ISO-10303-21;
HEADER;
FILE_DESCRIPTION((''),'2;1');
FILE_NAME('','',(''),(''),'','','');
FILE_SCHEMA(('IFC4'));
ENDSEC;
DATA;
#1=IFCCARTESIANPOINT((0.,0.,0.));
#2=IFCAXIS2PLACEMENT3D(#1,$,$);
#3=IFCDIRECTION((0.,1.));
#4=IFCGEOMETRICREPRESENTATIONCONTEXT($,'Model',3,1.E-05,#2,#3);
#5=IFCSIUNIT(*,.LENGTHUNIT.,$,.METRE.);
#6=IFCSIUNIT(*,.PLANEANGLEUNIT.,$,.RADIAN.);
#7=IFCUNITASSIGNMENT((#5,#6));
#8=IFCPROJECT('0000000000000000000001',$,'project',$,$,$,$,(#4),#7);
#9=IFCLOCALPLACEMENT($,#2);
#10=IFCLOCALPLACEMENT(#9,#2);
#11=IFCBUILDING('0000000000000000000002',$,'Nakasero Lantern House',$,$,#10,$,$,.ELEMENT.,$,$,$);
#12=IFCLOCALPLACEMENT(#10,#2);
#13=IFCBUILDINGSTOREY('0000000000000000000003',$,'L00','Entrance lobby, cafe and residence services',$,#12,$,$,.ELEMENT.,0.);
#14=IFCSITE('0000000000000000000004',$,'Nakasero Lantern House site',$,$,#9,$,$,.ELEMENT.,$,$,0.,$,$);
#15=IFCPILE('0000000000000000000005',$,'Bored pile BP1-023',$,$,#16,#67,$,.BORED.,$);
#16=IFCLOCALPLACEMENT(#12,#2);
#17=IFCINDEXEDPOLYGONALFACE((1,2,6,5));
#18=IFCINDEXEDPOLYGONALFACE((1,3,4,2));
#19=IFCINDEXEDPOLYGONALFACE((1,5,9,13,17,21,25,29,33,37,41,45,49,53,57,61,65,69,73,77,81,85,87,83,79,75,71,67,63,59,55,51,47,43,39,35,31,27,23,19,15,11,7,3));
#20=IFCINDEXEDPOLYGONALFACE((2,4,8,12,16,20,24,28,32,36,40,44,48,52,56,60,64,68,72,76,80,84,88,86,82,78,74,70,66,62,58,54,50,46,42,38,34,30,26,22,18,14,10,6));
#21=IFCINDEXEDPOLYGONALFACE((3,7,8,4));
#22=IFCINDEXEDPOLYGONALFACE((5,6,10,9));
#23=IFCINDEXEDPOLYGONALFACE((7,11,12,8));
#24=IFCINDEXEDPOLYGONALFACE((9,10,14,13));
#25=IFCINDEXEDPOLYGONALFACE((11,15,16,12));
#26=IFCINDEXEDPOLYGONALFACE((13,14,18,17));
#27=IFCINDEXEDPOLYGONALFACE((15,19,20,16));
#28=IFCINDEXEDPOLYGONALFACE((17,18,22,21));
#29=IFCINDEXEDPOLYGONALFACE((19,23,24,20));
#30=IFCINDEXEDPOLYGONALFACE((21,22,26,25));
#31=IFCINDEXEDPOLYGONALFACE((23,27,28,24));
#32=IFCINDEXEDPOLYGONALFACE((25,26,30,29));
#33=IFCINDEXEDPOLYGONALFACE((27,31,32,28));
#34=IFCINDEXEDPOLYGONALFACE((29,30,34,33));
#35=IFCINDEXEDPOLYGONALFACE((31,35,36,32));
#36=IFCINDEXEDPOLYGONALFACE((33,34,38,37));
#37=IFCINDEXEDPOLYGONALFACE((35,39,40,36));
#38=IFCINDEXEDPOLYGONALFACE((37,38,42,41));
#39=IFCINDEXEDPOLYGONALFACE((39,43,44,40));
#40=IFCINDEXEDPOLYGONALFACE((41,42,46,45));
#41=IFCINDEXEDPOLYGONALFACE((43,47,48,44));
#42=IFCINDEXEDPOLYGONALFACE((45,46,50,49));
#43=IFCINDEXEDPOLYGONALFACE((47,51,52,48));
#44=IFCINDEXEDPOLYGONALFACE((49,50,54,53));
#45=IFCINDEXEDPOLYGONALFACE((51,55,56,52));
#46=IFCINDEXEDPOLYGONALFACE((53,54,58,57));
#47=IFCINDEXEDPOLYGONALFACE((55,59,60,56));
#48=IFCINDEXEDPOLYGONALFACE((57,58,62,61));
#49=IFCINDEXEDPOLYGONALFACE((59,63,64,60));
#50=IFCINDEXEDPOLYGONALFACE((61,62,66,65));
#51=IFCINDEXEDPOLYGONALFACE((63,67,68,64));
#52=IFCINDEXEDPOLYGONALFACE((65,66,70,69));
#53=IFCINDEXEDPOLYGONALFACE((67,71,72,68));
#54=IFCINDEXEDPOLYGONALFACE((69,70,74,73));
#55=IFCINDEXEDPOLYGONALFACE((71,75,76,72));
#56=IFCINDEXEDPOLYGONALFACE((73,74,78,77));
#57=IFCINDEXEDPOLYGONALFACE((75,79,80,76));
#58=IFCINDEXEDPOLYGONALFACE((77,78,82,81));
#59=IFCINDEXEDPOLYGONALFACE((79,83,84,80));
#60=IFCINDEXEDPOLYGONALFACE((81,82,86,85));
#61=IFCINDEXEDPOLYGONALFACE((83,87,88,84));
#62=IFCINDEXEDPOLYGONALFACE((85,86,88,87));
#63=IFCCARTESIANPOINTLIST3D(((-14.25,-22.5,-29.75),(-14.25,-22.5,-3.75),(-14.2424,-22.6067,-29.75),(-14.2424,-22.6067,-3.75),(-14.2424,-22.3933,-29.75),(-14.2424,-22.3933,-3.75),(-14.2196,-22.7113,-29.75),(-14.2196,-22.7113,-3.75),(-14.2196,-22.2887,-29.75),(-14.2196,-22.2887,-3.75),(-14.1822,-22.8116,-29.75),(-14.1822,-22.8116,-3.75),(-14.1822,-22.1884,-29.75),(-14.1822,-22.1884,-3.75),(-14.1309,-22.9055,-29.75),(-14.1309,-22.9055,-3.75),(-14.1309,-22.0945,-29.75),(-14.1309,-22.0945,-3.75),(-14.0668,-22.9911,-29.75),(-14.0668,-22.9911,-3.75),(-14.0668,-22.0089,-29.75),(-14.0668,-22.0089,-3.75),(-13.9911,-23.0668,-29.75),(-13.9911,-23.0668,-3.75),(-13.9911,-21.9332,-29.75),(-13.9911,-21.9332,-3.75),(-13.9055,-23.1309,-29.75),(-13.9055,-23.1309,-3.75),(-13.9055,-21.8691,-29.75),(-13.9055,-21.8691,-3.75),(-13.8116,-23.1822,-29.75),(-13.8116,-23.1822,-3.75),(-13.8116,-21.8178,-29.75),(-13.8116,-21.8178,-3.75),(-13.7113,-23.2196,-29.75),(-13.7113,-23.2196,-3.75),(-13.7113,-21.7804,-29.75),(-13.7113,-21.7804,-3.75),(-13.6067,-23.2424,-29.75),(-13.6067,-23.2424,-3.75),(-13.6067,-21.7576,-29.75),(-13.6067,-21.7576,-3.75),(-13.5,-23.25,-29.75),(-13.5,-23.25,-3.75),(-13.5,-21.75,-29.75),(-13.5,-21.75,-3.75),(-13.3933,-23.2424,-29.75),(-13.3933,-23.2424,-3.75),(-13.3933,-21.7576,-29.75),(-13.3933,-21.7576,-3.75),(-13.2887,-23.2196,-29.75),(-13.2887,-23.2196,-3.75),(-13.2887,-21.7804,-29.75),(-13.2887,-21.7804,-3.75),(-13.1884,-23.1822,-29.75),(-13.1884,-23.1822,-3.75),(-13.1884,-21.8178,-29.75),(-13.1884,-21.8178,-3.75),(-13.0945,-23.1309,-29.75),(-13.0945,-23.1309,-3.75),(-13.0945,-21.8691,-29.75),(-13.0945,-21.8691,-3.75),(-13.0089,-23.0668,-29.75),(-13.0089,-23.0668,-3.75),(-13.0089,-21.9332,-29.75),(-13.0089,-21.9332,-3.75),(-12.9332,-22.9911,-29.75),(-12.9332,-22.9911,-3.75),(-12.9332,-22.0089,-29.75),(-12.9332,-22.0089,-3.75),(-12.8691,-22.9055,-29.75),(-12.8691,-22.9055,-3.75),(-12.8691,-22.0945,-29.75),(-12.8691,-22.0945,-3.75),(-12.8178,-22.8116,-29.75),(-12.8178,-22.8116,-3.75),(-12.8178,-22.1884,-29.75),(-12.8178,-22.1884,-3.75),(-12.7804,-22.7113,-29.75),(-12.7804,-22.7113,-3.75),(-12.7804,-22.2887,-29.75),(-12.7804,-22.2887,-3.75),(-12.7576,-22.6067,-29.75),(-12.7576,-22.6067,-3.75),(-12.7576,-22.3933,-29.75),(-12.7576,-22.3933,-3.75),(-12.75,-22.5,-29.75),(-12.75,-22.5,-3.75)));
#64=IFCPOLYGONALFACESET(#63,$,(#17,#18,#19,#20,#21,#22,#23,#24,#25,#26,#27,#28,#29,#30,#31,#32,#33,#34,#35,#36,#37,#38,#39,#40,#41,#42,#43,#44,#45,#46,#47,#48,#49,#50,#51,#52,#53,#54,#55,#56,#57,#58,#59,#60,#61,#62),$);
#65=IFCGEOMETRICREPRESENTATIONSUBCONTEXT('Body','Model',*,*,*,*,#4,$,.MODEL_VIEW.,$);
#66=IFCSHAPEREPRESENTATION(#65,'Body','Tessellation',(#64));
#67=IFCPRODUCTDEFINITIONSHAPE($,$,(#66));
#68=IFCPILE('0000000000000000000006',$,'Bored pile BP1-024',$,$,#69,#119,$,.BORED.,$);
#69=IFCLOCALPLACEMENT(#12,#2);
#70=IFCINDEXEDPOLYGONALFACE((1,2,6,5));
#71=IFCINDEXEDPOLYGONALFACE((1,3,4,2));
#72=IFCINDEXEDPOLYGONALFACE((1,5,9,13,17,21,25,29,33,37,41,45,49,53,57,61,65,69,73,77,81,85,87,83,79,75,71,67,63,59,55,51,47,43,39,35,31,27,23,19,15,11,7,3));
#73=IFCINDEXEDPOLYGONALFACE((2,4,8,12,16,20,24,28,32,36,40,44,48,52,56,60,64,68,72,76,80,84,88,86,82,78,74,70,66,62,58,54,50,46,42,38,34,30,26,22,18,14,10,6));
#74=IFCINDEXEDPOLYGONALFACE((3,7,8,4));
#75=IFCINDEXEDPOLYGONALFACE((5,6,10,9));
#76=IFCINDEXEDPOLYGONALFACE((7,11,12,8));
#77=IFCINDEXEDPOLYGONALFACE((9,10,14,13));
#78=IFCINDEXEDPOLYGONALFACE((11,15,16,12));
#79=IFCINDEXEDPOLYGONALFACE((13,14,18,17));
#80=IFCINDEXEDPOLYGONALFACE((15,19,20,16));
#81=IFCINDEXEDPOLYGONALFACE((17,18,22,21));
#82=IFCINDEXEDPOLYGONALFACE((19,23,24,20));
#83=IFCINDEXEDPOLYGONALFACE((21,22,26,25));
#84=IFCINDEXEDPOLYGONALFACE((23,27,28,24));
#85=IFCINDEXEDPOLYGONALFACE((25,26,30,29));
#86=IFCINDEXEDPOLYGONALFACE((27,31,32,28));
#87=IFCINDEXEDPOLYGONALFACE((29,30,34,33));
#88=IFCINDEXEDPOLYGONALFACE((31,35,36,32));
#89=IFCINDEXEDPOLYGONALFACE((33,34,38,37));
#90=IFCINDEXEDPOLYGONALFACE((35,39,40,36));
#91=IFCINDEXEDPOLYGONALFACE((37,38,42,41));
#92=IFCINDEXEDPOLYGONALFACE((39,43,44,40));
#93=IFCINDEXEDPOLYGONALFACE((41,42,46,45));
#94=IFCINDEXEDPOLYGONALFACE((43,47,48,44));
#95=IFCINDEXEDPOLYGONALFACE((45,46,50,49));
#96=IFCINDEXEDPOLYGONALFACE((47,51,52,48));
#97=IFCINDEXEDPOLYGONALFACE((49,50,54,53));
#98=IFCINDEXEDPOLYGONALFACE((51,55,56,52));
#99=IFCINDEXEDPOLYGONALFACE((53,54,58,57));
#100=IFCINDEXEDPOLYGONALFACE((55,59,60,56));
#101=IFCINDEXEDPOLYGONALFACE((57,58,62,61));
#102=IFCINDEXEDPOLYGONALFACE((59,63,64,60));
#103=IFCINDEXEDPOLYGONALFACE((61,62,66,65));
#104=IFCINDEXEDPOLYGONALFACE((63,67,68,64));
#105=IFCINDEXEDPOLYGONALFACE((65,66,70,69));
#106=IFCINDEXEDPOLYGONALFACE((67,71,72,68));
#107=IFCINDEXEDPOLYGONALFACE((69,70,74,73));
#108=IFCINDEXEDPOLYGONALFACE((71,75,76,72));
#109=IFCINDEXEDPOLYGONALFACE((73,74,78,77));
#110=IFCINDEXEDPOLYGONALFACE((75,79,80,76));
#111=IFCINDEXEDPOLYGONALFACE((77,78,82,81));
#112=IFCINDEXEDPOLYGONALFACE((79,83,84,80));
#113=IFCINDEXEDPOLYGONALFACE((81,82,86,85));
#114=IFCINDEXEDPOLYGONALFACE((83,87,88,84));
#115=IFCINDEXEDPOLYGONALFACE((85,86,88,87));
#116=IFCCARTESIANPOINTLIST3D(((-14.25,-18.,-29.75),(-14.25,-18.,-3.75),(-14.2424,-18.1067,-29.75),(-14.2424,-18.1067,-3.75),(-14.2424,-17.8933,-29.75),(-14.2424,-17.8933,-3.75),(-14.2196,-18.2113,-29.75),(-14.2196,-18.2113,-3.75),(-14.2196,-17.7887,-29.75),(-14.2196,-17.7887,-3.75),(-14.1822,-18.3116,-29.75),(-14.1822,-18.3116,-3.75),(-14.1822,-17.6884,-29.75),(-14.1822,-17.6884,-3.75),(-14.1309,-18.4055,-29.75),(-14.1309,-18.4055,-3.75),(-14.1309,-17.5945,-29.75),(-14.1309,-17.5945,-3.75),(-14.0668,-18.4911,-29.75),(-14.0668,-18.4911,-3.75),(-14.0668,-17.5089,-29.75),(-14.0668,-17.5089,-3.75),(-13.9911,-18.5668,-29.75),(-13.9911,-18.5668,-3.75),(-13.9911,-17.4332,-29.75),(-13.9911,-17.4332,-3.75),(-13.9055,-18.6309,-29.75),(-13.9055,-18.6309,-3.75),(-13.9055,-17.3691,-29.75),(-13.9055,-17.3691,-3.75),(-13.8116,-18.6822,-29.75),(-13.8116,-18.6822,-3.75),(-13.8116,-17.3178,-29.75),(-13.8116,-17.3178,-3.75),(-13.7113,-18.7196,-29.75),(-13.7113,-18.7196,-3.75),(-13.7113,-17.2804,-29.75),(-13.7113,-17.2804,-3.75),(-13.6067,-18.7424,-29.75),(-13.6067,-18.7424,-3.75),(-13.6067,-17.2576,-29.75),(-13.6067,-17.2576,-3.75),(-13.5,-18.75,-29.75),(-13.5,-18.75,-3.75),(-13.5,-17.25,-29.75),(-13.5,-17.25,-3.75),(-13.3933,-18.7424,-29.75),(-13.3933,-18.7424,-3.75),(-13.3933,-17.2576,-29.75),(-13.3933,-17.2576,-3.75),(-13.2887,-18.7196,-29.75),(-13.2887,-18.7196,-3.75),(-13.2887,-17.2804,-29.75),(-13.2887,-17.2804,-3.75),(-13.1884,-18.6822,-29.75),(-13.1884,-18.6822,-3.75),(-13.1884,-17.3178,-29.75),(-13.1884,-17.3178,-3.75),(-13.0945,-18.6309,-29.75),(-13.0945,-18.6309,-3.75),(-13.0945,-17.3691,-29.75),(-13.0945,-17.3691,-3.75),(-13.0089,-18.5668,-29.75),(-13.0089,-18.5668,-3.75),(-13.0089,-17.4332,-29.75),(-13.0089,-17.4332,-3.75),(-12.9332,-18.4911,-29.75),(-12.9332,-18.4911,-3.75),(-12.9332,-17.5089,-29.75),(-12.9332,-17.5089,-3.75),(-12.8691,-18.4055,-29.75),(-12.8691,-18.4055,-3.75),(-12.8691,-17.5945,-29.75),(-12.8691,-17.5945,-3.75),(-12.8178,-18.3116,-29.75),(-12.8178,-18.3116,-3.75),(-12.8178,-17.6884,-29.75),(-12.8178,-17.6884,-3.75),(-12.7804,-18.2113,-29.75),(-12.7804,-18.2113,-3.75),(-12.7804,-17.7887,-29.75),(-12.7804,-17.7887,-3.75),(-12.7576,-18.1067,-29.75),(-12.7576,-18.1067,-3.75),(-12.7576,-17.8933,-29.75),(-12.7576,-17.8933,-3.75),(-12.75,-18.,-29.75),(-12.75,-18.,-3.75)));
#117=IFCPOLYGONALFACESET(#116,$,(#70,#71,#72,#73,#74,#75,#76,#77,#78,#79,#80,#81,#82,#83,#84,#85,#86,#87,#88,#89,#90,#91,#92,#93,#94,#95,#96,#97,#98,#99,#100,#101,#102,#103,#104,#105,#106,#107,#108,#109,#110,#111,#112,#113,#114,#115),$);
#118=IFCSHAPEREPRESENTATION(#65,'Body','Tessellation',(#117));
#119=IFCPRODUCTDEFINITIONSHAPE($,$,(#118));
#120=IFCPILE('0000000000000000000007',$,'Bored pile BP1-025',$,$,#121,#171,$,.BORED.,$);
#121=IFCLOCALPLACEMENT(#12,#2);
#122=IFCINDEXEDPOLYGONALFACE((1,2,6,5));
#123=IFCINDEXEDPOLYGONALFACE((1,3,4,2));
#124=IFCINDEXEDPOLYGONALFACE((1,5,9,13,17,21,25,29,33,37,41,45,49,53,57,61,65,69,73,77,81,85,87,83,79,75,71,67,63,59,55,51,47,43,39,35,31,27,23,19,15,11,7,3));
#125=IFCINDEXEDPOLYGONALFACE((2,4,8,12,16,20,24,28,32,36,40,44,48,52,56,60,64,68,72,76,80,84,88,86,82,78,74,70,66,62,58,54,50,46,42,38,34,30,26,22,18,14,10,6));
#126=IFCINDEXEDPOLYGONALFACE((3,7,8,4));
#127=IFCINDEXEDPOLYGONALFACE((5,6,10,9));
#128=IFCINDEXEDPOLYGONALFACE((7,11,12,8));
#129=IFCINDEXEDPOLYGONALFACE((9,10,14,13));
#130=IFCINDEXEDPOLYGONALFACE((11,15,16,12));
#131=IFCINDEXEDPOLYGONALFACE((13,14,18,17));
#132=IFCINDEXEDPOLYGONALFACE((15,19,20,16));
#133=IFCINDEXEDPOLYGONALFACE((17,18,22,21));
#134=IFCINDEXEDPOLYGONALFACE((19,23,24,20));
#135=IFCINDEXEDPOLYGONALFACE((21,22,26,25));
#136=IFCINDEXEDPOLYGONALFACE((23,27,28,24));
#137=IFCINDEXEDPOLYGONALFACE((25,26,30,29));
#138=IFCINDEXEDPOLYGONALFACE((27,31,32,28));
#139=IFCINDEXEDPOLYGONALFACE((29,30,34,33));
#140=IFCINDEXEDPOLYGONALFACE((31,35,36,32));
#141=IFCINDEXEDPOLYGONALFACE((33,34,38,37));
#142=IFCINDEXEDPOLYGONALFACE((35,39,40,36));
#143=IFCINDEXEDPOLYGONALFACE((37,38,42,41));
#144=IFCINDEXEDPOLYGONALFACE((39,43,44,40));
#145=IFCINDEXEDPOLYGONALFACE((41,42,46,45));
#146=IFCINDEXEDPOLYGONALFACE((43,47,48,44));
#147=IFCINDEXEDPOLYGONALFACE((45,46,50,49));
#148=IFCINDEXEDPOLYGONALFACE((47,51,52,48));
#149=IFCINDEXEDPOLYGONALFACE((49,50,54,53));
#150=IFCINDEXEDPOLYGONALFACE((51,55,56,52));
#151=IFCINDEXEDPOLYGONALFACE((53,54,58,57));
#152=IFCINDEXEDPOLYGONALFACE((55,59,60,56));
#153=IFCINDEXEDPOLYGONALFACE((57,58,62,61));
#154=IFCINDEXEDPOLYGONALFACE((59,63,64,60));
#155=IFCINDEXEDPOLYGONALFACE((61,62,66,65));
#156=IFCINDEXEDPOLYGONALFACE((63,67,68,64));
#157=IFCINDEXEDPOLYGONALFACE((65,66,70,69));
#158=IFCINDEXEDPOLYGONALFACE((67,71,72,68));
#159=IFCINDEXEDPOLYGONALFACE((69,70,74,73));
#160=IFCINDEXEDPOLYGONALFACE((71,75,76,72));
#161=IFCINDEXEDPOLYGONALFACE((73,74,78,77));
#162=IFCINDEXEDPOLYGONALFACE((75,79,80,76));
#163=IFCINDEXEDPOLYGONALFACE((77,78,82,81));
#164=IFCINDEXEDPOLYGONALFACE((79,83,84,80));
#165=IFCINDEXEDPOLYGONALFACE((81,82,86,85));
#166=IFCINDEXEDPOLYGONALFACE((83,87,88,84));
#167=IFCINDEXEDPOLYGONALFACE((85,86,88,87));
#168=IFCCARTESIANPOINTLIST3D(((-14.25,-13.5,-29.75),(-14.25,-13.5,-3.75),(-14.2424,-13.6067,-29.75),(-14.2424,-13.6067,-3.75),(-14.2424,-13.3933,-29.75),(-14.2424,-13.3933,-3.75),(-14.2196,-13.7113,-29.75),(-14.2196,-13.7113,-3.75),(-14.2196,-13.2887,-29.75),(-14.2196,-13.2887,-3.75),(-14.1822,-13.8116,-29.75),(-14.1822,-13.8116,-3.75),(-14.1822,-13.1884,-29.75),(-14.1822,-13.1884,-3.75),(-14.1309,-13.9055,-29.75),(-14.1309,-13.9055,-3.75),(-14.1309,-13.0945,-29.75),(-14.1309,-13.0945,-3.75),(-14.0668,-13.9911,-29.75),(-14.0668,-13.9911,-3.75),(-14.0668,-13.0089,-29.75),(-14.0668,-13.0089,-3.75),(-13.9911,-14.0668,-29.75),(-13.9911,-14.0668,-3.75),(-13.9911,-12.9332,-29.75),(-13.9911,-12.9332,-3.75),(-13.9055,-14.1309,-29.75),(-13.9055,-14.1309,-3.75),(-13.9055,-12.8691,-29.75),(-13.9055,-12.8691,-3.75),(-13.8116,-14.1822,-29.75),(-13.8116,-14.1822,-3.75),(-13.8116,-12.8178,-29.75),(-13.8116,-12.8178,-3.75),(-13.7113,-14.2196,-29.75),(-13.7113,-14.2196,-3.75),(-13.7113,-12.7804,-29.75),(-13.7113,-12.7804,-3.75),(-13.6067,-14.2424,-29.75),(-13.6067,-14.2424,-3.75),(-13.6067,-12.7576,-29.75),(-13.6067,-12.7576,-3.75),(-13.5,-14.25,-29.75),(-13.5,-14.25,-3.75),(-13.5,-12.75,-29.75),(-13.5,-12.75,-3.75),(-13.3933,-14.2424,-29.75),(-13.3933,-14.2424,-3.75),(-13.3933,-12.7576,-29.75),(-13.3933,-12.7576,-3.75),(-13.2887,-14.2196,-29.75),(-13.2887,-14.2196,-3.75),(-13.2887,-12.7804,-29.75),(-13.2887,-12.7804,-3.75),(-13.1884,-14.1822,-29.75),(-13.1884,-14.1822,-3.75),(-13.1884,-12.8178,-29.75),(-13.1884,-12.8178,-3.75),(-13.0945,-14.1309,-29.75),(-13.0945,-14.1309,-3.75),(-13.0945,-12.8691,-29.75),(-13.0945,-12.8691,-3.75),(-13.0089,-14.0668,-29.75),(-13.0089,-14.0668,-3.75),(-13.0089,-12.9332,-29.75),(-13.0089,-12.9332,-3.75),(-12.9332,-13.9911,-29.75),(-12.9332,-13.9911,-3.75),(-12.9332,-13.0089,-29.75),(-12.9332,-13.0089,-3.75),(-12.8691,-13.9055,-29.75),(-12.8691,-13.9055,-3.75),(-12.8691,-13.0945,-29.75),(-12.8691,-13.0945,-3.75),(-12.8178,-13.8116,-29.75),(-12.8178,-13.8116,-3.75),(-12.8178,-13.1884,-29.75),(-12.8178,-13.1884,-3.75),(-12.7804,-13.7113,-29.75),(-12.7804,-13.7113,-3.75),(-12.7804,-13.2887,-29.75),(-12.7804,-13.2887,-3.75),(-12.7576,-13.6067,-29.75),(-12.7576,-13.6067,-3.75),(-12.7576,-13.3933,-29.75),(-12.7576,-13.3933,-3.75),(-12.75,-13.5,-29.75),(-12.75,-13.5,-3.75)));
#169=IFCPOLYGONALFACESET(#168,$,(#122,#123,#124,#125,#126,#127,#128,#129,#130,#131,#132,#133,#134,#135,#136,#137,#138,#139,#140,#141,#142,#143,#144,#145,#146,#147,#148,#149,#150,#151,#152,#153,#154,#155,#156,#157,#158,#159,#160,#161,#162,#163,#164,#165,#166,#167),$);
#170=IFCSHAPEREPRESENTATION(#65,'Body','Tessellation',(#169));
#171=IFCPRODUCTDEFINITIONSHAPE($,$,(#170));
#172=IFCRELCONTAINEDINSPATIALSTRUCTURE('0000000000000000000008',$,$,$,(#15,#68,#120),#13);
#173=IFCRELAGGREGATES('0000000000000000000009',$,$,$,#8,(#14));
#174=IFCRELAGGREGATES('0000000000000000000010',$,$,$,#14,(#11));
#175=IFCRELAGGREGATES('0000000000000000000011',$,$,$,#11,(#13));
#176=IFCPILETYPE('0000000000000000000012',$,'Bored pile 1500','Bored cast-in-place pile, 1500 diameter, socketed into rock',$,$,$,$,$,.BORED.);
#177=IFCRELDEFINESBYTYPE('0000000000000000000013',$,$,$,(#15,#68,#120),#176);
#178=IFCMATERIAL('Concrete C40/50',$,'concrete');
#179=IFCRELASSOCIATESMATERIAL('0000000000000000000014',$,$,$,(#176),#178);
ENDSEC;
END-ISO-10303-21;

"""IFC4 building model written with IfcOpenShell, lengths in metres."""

from ifc_helpers import new_model, si_unit, direction, frame, origin, origin_2d, place, context, subcontext, project, spatial, circle, extrude, material, type_object, element, save


model = new_model("IFC4")

# Units and contexts
model_context = context("Model", 3, precision=1e-05, world=origin(), true_north=direction((0.0, 1.0)))
body_context = subcontext(model_context, "Body", "Model", "MODEL_VIEW")
ifc_project = project(units=[si_unit("LENGTHUNIT", "METRE"), si_unit("PLANEANGLEUNIT", "RADIAN")], contexts=[model_context])

# Site, building, storey
site_placement = place(None, origin())
site = spatial("IfcSite", under=ifc_project, at=site_placement, Name="Nakasero Lantern House site", CompositionType="ELEMENT", RefElevation=0.0)
building_placement = place(site_placement, origin())
building = spatial("IfcBuilding", under=site, at=building_placement, Name="Nakasero Lantern House", CompositionType="ELEMENT")
storey_placement = place(building_placement, origin())
storey = spatial("IfcBuildingStorey", under=building, at=storey_placement, Name="L00", Description="Entrance lobby, cafe and residence services", CompositionType="ELEMENT", Elevation=0.0)

# Piles
ifc_material_1 = material(Name="Concrete C40/50", Category="concrete")
pile_type = type_object("IfcPileType", Name="Bored pile 1500", Description="Bored cast-in-place pile, 1500 diameter, socketed into rock", PredefinedType="BORED", material=ifc_material_1)
for number, where, z_axis, x_axis, name in (
    (1, (-13.5, -22.5, -3.75), (0.0, 0.0, -1.0), (1.0, 0.0, 0.0), "Bored pile BP1-023"),
    (2, (-13.5, -18.0, -3.75), (0.0, 0.0, -1.0), (1.0, 0.0, 0.0), "Bored pile BP1-024"),
    (3, (-13.5, -13.5, -3.75), (0.0, 0.0, -1.0), (1.0, 0.0, 0.0), "Bored pile BP1-025"),
):
    element("IfcPile", number, at=place(storey_placement, frame(where, z_axis=z_axis, x_axis=x_axis)), inside=storey, type_object=pile_type, Name=name, PredefinedType="BORED", context=body_context, shape_type="SweptSolid", body=[
        extrude(circle(Radius=0.75, at=origin_2d()), origin(), (0.0, 0.0, 1.0), 26.0),
    ])

save(model, "model.ifc")
